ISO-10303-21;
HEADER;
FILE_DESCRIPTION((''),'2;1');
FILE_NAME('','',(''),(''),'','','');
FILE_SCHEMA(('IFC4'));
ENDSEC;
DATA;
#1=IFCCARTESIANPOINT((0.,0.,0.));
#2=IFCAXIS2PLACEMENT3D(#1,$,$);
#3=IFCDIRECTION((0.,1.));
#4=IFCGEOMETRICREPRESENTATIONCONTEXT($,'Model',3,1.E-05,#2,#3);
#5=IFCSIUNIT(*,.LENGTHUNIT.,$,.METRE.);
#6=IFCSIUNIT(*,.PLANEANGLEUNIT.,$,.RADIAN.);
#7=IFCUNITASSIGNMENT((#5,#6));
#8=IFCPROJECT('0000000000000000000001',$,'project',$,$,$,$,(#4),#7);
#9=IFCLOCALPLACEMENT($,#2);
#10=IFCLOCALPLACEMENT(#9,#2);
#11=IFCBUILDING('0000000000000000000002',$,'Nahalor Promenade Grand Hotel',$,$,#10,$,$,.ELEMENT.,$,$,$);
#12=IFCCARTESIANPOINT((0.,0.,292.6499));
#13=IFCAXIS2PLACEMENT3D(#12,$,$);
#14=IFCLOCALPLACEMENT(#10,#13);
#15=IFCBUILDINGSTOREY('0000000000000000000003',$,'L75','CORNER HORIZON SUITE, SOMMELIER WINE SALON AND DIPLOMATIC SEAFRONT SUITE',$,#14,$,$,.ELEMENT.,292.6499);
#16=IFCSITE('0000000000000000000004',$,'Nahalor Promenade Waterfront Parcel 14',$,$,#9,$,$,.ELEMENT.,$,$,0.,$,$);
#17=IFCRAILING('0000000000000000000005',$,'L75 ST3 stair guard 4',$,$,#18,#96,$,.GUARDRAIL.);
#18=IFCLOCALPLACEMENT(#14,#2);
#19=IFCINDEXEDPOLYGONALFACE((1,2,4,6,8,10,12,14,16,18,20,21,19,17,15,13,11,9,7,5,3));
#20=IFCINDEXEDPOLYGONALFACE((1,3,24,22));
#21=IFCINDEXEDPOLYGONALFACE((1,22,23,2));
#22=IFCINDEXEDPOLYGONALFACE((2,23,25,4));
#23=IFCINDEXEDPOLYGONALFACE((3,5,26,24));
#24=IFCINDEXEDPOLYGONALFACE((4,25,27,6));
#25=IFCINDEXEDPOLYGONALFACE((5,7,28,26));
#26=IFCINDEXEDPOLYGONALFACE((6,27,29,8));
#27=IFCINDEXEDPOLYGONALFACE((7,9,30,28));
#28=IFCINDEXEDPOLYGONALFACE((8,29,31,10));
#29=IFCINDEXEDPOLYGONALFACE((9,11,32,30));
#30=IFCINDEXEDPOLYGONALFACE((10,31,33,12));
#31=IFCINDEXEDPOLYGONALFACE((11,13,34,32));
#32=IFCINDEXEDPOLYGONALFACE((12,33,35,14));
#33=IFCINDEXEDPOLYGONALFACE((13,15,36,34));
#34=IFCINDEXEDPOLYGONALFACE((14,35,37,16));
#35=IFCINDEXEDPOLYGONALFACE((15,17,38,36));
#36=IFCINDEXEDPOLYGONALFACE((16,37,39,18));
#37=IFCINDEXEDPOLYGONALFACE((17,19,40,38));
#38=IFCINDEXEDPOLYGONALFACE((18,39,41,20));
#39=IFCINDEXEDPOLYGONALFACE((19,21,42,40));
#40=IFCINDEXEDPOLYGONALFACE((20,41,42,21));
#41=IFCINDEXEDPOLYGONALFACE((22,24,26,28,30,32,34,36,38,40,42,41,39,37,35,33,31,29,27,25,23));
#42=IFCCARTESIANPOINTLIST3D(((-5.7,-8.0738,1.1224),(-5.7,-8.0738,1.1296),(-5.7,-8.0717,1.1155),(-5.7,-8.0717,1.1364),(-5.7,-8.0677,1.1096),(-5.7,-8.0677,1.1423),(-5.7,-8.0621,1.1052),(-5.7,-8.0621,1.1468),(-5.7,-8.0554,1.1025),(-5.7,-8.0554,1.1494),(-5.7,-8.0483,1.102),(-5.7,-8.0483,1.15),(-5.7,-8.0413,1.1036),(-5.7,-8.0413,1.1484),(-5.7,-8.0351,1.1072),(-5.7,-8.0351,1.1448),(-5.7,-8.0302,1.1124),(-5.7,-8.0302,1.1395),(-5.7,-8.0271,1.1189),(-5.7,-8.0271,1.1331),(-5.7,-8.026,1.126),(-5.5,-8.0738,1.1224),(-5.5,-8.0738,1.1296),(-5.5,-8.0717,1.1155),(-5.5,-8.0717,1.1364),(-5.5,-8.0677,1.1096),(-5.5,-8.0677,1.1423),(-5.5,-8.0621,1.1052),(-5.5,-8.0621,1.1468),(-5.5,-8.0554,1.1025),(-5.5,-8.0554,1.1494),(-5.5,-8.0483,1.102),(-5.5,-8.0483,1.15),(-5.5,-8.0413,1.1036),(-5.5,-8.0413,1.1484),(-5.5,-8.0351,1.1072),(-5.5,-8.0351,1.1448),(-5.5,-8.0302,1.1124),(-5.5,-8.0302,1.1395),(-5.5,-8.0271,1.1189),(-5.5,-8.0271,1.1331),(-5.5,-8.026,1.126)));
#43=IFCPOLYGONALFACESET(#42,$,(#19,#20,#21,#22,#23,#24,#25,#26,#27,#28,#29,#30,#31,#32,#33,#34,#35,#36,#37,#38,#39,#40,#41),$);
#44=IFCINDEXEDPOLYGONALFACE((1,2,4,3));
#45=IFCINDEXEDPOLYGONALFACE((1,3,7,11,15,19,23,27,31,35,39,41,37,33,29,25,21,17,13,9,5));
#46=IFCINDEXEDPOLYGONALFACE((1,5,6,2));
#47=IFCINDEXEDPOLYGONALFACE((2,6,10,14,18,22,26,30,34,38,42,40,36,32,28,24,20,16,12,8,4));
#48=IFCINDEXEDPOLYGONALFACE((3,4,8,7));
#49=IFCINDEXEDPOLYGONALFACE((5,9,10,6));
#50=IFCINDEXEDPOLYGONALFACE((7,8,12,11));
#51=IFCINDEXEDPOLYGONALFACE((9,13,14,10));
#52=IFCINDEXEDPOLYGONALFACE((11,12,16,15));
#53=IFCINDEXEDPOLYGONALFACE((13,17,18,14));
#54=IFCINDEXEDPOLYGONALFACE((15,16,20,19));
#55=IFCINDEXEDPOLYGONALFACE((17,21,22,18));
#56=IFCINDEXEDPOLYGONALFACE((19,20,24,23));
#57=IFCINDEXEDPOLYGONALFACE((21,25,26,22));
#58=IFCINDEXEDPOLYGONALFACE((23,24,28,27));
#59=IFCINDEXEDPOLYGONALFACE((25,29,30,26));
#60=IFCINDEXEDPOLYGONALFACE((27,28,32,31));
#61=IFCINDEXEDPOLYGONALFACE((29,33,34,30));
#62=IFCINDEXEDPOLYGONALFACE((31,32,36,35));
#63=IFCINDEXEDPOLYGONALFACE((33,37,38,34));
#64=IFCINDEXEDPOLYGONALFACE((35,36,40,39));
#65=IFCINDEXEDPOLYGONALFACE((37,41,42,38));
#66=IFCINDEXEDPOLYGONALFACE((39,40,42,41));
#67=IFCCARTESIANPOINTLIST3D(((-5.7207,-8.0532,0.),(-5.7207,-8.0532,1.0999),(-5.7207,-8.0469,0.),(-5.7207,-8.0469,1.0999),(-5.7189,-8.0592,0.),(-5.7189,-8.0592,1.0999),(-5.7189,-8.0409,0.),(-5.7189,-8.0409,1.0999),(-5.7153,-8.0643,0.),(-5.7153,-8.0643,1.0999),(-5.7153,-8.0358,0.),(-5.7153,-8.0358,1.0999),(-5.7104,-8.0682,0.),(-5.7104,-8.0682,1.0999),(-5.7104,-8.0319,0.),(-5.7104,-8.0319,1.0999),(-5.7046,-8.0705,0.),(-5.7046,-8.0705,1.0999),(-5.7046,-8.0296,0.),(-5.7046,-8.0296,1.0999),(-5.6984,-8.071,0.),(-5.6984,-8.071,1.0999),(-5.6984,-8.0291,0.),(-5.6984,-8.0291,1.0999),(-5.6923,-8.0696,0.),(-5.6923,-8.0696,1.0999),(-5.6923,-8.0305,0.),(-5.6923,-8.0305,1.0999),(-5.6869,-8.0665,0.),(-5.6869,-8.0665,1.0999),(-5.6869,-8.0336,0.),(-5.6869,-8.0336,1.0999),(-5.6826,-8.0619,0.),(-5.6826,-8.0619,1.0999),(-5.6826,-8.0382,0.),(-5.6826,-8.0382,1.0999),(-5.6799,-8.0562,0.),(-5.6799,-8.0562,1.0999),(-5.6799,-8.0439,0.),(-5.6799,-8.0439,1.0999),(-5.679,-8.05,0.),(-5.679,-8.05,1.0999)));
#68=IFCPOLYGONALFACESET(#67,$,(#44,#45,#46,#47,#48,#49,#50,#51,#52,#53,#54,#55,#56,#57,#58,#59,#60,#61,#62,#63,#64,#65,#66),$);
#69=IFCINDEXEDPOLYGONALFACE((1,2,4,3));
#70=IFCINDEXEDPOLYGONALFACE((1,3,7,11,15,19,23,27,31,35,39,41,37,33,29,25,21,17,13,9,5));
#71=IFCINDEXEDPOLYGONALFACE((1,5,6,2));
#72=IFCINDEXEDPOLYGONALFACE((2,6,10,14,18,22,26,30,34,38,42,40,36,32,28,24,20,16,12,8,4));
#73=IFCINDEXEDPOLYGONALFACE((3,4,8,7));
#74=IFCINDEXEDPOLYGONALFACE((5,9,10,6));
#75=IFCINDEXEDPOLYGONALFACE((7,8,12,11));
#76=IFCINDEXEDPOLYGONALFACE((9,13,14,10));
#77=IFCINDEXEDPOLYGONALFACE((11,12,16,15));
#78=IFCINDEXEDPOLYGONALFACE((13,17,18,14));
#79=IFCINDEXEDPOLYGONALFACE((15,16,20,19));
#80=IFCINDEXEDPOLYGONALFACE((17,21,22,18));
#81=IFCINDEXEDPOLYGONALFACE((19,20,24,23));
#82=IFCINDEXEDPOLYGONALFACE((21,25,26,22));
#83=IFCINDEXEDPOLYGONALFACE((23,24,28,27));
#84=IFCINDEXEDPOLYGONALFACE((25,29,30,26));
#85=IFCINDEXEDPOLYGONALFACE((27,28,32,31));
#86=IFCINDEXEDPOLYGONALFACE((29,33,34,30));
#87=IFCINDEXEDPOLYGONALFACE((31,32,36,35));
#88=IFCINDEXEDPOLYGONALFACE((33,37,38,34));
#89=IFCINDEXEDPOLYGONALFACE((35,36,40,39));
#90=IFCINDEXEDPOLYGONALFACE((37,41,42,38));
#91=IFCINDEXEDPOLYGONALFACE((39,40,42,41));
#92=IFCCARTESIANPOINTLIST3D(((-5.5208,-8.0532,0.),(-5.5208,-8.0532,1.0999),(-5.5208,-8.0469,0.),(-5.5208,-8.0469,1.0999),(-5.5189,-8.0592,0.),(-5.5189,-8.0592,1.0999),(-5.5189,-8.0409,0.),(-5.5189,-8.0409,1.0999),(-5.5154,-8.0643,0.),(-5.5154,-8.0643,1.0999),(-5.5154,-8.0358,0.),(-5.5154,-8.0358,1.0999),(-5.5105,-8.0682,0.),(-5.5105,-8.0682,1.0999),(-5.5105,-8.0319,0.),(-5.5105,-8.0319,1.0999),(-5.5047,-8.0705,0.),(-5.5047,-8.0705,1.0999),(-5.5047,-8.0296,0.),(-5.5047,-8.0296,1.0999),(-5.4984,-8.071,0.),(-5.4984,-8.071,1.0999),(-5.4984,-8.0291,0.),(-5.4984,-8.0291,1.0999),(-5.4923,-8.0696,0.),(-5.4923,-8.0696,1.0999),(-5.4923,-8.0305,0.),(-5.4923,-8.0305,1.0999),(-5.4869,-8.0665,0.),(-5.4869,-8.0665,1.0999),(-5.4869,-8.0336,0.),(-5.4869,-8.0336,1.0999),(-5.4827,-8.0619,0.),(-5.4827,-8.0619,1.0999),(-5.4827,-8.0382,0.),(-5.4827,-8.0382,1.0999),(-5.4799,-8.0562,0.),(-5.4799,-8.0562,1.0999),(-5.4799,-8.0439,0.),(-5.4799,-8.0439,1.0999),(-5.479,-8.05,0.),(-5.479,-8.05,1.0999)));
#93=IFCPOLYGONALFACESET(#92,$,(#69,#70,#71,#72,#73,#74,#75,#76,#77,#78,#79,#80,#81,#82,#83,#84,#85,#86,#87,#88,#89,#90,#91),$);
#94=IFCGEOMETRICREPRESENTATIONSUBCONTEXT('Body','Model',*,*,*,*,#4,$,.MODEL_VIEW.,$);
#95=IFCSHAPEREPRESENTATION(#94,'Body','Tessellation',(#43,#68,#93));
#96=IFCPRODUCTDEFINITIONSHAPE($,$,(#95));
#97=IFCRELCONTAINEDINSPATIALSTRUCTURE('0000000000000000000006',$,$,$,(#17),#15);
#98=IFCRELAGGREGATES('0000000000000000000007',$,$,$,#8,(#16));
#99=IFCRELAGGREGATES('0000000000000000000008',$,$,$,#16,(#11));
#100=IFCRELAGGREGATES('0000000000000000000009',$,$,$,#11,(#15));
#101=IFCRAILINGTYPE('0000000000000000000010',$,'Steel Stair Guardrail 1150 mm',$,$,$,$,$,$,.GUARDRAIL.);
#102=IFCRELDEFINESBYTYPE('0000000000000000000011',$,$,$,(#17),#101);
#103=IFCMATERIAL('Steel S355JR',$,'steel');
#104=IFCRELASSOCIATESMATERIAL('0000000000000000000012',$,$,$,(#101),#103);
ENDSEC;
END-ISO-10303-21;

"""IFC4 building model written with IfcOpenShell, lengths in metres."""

from ifc_helpers import new_model, si_unit, direction, frame, origin, origin_2d, place, context, subcontext, project, spatial, circle, extrude, material, type_object, element, save


model = new_model("IFC4")

# Units and contexts
model_context = context("Model", 3, precision=1e-05, world=origin(), true_north=direction((0.0, 1.0)))
body_context = subcontext(model_context, "Body", "Model", "MODEL_VIEW")
ifc_project = project(units=[si_unit("LENGTHUNIT", "METRE"), si_unit("PLANEANGLEUNIT", "RADIAN")], contexts=[model_context])

# Site, building, storey
site_placement = place(None, origin())
site = spatial("IfcSite", under=ifc_project, at=site_placement, Name="Nahalor Promenade Waterfront Parcel 14", CompositionType="ELEMENT", RefElevation=0.0)
building_placement = place(site_placement, origin())
building = spatial("IfcBuilding", under=site, at=building_placement, Name="Nahalor Promenade Grand Hotel", CompositionType="ELEMENT")
storey_placement = place(building_placement, frame((0.0, 0.0, 292.6499)))
storey = spatial("IfcBuildingStorey", under=building, at=storey_placement, Name="L75", Description="CORNER HORIZON SUITE, SOMMELIER WINE SALON AND DIPLOMATIC SEAFRONT SUITE", CompositionType="ELEMENT", Elevation=292.6499)

# Shared definitions
ifc_material_1 = material(Name="Steel S355JR", Category="steel")

# Railing
railing_type_1 = type_object("IfcRailingType", Name="Steel Stair Guardrail 1150 mm", PredefinedType="GUARDRAIL", material=ifc_material_1)
railing_1_placement = place(storey_placement, frame((-5.7, -8.05, 0.0)))
element("IfcRailing", 1, at=railing_1_placement, inside=storey, type_object=railing_type_1, Name="L75 ST3 stair guard 4", PredefinedType="GUARDRAIL", context=body_context, shape_type="SweptSolid", body=[
    extrude(circle(Radius=0.024, at=origin_2d()), frame((0.0, 0.0, 1.126), z_axis=(1.0, 0.0, 0.0), x_axis=(0.0, 1.0, 0.0)), (0.0, 0.0, 1.0), 0.2),
    extrude(circle(Radius=0.021, at=origin_2d()), origin(), (0.0, 0.0, 1.0), 1.0999),
    extrude(circle(Radius=0.021, at=origin_2d()), frame((0.2, 0.0, 0.0)), (0.0, 0.0, 1.0), 1.0999),
])

save(model, "model.ifc")
